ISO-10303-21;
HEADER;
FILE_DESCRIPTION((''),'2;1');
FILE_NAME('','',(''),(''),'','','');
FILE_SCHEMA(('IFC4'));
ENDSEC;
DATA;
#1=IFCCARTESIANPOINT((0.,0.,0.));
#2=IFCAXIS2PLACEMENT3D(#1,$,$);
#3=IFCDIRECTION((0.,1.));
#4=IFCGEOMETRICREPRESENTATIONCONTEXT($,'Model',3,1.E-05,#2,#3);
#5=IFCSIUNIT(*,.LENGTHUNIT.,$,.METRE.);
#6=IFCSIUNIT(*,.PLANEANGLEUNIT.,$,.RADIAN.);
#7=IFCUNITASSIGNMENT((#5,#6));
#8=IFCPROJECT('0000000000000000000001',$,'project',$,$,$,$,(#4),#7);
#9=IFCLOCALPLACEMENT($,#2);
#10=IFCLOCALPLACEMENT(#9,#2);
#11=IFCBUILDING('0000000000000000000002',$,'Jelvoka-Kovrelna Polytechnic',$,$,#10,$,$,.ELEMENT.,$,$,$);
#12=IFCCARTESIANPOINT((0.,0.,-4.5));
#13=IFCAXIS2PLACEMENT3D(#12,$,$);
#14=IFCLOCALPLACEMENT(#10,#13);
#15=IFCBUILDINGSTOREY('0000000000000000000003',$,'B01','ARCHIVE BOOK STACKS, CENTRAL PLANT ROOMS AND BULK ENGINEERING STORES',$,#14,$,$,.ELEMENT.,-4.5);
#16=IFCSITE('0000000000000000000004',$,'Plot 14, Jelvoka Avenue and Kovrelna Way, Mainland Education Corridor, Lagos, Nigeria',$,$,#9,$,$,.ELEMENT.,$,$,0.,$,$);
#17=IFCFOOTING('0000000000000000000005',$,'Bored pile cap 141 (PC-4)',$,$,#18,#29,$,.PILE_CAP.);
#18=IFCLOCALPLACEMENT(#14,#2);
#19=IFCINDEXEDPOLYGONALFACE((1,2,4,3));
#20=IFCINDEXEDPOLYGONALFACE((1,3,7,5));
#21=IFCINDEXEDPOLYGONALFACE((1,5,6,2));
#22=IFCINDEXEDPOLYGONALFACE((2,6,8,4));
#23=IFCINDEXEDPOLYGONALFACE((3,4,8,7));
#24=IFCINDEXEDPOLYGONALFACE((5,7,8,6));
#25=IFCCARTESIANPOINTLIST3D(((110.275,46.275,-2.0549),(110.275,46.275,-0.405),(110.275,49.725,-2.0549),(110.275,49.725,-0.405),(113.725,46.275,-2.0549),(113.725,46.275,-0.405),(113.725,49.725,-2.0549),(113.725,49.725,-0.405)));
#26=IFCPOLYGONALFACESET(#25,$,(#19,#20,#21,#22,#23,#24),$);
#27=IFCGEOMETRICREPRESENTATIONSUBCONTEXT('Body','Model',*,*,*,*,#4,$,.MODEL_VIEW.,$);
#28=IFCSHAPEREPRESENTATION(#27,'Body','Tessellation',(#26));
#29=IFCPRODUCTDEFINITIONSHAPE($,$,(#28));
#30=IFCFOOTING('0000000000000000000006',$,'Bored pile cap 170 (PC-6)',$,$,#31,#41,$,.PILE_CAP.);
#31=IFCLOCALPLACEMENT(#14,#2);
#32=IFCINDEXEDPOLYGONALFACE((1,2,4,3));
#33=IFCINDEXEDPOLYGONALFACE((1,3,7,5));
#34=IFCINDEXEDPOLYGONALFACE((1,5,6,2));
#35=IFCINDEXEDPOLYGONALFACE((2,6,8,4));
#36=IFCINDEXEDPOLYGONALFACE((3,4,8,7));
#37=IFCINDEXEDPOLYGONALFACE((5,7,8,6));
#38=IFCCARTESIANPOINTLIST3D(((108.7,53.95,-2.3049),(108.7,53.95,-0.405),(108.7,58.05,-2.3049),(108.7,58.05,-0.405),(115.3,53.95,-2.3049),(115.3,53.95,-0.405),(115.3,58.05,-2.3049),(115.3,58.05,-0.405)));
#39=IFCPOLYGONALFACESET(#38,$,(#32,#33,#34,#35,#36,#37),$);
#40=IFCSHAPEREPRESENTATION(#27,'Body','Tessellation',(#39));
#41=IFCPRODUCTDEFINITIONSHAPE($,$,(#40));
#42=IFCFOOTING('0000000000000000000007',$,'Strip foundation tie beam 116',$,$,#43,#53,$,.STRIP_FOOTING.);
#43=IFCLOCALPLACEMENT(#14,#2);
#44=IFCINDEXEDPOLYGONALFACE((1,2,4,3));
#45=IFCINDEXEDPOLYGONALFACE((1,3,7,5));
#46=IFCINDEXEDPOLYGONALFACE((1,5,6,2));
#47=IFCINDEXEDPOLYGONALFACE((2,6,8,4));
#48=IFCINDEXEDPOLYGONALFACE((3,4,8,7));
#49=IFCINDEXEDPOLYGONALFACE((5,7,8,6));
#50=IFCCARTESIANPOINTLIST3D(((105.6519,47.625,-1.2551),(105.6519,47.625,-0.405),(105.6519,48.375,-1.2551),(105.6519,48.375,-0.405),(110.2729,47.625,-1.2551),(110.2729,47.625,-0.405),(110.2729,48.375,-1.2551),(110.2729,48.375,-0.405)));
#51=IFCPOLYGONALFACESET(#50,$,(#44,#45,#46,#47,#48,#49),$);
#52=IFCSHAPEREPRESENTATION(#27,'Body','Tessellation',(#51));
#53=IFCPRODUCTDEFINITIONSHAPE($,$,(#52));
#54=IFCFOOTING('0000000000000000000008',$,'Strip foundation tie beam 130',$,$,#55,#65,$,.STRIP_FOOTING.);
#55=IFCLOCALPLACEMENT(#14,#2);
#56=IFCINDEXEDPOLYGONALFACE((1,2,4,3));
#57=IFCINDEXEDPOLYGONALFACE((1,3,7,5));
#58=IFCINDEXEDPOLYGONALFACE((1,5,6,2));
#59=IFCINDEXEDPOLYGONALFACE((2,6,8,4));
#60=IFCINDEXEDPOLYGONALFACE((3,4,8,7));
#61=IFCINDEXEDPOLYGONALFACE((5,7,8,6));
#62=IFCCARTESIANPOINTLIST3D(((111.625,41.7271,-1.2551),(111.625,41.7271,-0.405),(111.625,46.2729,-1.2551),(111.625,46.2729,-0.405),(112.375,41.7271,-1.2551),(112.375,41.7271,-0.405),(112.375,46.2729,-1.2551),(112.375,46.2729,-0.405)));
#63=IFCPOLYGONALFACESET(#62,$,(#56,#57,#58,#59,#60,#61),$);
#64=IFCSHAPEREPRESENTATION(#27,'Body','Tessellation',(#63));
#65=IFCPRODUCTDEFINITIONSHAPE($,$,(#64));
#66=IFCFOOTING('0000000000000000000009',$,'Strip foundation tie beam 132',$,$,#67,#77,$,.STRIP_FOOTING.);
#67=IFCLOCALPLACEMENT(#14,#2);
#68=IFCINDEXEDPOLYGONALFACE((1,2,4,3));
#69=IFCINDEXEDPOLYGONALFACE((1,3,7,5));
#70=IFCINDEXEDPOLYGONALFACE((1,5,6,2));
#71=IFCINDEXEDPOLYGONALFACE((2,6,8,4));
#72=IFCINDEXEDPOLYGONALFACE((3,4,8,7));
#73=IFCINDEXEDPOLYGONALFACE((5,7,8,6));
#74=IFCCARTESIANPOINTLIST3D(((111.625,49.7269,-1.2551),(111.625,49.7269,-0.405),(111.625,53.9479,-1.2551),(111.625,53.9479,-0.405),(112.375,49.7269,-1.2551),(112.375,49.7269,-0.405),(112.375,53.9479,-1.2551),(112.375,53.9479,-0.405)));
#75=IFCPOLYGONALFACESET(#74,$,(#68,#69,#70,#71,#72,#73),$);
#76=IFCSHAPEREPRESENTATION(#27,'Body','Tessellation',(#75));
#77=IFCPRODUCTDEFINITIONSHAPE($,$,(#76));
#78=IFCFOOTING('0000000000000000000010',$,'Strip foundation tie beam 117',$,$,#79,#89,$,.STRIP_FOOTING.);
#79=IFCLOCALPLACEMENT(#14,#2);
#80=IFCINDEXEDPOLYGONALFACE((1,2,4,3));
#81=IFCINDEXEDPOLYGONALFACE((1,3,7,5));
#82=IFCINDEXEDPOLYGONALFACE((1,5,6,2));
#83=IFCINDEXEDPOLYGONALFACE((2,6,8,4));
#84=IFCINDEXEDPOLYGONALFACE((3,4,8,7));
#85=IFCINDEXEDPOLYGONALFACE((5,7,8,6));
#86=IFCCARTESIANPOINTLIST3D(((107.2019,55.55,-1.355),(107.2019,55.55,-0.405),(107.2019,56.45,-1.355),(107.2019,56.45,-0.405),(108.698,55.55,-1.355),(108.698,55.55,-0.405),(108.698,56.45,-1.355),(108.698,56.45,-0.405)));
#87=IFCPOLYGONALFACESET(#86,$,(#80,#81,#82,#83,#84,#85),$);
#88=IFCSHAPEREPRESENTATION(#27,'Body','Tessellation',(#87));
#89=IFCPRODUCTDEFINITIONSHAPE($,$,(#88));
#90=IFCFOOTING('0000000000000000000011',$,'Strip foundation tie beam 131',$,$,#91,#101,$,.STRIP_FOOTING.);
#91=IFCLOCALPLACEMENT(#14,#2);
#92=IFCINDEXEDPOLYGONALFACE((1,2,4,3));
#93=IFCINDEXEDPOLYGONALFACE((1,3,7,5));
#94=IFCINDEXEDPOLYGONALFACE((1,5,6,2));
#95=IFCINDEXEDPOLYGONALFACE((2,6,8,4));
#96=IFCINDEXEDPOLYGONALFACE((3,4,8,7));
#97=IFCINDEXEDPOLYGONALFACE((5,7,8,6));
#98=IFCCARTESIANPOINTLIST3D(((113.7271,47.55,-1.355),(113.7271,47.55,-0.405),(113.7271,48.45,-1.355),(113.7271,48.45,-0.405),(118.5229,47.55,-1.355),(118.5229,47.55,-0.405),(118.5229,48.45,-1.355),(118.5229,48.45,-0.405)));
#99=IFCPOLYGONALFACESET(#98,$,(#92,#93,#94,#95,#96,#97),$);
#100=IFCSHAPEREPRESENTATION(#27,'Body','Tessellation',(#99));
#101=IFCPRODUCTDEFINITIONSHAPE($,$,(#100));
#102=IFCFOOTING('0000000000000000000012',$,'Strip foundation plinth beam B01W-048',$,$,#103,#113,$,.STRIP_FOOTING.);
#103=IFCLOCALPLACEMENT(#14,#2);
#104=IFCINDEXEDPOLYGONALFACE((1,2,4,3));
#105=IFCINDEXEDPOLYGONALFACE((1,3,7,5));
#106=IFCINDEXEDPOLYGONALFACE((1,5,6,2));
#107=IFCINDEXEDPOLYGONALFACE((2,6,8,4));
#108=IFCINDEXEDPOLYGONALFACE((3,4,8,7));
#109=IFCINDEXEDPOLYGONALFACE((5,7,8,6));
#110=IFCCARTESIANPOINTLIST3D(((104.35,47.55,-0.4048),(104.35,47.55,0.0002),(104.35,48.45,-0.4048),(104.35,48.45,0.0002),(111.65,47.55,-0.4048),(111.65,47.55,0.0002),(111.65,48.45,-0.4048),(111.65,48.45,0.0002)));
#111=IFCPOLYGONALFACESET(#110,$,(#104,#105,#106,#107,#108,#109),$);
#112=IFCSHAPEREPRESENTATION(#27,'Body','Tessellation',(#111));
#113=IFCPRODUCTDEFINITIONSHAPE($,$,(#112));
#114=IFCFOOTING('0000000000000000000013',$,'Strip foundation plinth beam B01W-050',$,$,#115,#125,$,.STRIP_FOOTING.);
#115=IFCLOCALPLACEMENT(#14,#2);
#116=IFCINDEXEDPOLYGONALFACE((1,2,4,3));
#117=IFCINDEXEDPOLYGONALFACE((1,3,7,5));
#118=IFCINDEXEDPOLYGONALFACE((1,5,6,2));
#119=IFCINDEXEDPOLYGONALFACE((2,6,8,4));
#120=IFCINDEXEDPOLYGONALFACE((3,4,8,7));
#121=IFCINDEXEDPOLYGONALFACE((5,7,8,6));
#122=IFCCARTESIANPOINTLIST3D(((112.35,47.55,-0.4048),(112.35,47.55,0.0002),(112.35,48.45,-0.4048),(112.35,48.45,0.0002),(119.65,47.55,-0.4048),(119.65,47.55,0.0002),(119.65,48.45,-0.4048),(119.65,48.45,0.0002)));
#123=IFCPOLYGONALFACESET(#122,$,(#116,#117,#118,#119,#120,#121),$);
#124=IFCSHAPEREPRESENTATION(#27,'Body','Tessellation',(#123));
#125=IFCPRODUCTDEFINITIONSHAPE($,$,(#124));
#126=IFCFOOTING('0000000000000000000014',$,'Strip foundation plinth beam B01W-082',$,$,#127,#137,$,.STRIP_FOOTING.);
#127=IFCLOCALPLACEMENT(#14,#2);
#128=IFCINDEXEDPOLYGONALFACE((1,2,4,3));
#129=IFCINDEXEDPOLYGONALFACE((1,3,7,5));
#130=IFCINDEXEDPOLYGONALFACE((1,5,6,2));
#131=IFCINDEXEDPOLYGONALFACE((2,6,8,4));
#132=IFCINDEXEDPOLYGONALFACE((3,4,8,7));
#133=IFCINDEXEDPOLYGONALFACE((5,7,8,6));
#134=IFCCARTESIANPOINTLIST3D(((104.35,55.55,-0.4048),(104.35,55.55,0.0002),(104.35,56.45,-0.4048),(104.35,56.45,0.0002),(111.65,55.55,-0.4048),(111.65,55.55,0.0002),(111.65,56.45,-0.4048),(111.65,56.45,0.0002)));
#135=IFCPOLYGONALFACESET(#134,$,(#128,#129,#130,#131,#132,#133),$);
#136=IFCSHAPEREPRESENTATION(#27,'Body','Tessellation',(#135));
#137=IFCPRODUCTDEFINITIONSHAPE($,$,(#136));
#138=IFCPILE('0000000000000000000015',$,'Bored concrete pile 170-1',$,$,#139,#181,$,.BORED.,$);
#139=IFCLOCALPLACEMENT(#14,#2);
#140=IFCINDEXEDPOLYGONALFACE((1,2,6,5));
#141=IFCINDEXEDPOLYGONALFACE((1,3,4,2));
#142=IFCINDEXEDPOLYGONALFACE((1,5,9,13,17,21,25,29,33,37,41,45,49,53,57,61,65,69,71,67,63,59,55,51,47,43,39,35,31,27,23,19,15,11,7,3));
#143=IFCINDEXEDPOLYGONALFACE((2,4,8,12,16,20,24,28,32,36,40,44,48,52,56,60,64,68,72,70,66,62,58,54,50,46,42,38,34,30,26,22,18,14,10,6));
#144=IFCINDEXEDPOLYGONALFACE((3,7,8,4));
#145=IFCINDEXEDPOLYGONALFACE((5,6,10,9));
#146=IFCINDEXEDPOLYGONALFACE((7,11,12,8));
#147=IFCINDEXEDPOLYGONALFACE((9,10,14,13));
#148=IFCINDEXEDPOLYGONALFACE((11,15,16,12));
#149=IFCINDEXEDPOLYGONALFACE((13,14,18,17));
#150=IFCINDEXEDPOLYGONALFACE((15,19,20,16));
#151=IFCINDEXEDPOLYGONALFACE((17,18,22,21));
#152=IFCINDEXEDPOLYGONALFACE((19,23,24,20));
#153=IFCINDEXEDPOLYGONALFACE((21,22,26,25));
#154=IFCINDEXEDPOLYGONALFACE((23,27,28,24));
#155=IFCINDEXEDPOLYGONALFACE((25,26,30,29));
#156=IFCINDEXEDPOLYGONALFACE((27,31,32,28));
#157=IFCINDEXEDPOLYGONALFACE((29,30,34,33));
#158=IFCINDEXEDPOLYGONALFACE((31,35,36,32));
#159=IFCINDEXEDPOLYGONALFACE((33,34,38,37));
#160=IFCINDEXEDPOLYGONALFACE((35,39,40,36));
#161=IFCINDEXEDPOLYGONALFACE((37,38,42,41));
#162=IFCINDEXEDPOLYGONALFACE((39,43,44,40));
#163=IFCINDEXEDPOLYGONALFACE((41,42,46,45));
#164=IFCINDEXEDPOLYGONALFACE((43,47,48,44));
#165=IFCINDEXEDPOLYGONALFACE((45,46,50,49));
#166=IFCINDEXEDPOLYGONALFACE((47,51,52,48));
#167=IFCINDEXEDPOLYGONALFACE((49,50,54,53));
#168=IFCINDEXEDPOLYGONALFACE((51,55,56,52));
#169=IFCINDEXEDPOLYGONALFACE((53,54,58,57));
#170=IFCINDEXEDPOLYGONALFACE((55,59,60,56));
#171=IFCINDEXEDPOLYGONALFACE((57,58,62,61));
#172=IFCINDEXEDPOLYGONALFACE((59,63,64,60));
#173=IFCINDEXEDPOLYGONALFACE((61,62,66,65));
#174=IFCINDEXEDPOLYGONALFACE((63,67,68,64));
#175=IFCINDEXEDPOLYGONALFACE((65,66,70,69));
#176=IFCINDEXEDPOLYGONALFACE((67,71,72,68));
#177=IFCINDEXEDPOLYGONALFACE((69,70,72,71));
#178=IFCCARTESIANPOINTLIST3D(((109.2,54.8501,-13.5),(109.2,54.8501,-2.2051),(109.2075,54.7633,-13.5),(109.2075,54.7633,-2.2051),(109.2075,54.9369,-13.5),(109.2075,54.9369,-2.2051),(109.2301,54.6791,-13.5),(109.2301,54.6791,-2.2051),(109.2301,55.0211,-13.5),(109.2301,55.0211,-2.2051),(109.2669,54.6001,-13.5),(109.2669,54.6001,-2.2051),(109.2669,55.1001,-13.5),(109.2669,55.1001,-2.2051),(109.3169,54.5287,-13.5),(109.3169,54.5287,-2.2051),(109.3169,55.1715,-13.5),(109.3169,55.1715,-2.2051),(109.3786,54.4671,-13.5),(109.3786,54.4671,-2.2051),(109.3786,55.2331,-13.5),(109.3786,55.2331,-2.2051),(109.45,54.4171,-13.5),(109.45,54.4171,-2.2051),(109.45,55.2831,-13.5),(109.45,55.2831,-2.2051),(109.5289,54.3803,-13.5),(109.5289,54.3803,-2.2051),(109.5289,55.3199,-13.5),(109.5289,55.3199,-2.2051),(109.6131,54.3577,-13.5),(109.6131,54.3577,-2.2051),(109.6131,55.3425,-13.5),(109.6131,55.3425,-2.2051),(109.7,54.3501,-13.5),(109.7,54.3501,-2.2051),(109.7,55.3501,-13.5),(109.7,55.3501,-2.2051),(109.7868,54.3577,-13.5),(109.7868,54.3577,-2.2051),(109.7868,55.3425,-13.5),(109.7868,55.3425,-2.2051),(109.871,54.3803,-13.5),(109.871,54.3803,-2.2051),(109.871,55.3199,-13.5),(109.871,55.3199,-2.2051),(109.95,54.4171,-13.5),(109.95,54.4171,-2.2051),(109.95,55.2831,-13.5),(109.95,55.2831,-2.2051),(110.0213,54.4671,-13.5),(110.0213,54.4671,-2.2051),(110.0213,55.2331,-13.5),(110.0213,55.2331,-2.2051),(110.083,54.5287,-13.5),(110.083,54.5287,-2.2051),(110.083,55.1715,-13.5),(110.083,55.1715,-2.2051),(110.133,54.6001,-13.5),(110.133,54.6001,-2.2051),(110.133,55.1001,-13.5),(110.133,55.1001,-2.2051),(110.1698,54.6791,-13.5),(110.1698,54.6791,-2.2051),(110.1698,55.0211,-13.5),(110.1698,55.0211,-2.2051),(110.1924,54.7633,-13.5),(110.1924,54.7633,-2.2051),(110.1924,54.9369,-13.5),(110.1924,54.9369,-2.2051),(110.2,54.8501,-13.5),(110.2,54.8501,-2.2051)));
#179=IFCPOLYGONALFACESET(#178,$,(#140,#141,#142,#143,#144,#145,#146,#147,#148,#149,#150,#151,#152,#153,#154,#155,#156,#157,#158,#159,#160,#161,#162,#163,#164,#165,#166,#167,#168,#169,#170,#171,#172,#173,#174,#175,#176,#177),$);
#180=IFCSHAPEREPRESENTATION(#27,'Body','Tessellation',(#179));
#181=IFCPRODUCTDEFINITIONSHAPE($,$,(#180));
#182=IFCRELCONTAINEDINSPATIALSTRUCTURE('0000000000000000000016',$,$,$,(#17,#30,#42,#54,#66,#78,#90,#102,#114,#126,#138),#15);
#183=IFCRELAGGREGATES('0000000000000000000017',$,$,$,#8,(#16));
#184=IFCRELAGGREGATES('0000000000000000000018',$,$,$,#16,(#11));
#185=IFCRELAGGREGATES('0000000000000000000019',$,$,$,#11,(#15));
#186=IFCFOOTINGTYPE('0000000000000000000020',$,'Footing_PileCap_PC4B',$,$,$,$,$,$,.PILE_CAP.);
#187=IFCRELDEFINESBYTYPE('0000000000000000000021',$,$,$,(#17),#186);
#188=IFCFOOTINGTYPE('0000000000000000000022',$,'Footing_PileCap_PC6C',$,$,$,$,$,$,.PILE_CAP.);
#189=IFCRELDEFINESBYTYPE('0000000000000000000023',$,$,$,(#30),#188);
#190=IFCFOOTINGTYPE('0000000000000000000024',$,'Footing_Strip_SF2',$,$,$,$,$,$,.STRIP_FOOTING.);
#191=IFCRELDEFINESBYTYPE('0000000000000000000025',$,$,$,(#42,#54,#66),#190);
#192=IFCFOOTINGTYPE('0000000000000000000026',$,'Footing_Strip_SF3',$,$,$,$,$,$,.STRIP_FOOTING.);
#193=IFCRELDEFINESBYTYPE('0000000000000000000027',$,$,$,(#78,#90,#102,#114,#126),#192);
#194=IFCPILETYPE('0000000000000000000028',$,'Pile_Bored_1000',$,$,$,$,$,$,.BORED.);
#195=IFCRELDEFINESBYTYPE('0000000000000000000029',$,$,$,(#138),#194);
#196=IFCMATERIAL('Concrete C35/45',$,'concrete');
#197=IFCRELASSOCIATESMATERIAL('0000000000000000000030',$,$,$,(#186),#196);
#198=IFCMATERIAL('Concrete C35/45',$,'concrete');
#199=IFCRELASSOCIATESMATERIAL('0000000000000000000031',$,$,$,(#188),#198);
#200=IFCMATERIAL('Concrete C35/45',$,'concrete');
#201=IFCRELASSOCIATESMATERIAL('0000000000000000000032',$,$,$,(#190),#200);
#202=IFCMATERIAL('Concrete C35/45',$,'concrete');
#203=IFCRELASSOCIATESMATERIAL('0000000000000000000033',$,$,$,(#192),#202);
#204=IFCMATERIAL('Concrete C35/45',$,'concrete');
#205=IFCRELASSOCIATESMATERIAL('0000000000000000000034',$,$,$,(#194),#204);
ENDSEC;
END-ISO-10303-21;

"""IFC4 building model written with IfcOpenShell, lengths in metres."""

from ifc_helpers import new_model, si_unit, direction, frame, origin, origin_2d, place, context, subcontext, project, spatial, rectangle, circle, extrude, material, material_profile, profile_set, type_object, element, save


model = new_model("IFC4")

# Units and contexts
model_context = context("Model", 3, precision=1e-05, world=origin(), true_north=direction((0.0, 1.0)))
body_context = subcontext(model_context, "Body", "Model", "MODEL_VIEW")
ifc_project = project(units=[si_unit("LENGTHUNIT", "METRE"), si_unit("PLANEANGLEUNIT", "RADIAN")], contexts=[model_context])

# Site, building, storey
site_placement = place(None, origin())
site = spatial("IfcSite", under=ifc_project, at=site_placement, Name="Plot 14, Jelvoka Avenue and Kovrelna Way, Mainland Education Corridor, Lagos, Nigeria", CompositionType="ELEMENT", RefElevation=0.0)
building_placement = place(site_placement, origin())
building = spatial("IfcBuilding", under=site, at=building_placement, Name="Jelvoka-Kovrelna Polytechnic", CompositionType="ELEMENT")
storey_placement = place(building_placement, frame((0.0, 0.0, -4.5)))
storey = spatial("IfcBuildingStorey", under=building, at=storey_placement, Name="B01", Description="ARCHIVE BOOK STACKS, CENTRAL PLANT ROOMS AND BULK ENGINEERING STORES", CompositionType="ELEMENT", Elevation=-4.5)

# Footings
ifc_material_1 = material(Name="Concrete C35/45", Category="concrete")
footing_type_1 = type_object("IfcFootingType", Name="Footing_PileCap_PC4B", PredefinedType="PILE_CAP", material=ifc_material_1)
footing_1_placement = place(storey_placement, frame((112.0, 48.0, -2.0549), z_axis=(0.0, 0.0, 1.0), x_axis=(1.0, 0.0, 0.0)))
element("IfcFooting", 1, at=footing_1_placement, inside=storey, type_object=footing_type_1, Name="Bored pile cap 141 (PC-4)", PredefinedType="PILE_CAP", context=body_context, shape_type="SweptSolid", body=[
    extrude(rectangle(XDim=3.45, YDim=3.45, at=origin_2d()), origin(), (0.0, 0.0, 1.0), 1.6499),
])
ifc_material_2 = material(Name="Concrete C35/45", Category="concrete")
footing_type_2 = type_object("IfcFootingType", Name="Footing_PileCap_PC6C", PredefinedType="PILE_CAP", material=ifc_material_2)
footing_2_placement = place(storey_placement, frame((112.0, 56.0, -2.3049), z_axis=(0.0, 0.0, 1.0), x_axis=(1.0, 0.0, 0.0)))
element("IfcFooting", 2, at=footing_2_placement, inside=storey, type_object=footing_type_2, Name="Bored pile cap 170 (PC-6)", PredefinedType="PILE_CAP", context=body_context, shape_type="SweptSolid", body=[
    extrude(rectangle(XDim=6.6001, YDim=4.1001, at=origin_2d()), origin(), (0.0, 0.0, 1.0), 1.8999),
])
ifc_material_3 = material(Name="Concrete C35/45", Category="concrete")
footing_type_3 = type_object("IfcFootingType", Name="Footing_Strip_SF2", PredefinedType="STRIP_FOOTING", material=ifc_material_3)
footing_3_placement = place(storey_placement, frame((107.9624, 48.0, -1.2551), z_axis=(0.0, 0.0, 1.0), x_axis=(1.0, 0.0, 0.0)))
element("IfcFooting", 3, at=footing_3_placement, inside=storey, type_object=footing_type_3, Name="Strip foundation tie beam 116", PredefinedType="STRIP_FOOTING", context=body_context, shape_type="SweptSolid", body=[
    extrude(rectangle(XDim=4.6211, YDim=0.75, at=origin_2d()), origin(), (0.0, 0.0, 1.0), 0.8501),
])
footing_4_placement = place(storey_placement, frame((112.0, 44.0, -1.2551), z_axis=(0.0, 0.0, 1.0), x_axis=(0.0, 1.0, 0.0)))
element("IfcFooting", 4, at=footing_4_placement, inside=storey, type_object=footing_type_3, Name="Strip foundation tie beam 130", PredefinedType="STRIP_FOOTING", context=body_context, shape_type="SweptSolid", body=[
    extrude(rectangle(XDim=4.5459, YDim=0.75, at=origin_2d()), origin(), (0.0, 0.0, 1.0), 0.8501),
])
footing_5_placement = place(storey_placement, frame((112.0, 51.8374, -1.2551), z_axis=(0.0, 0.0, 1.0), x_axis=(0.0, 1.0, 0.0)))
element("IfcFooting", 5, at=footing_5_placement, inside=storey, type_object=footing_type_3, Name="Strip foundation tie beam 132", PredefinedType="STRIP_FOOTING", context=body_context, shape_type="SweptSolid", body=[
    extrude(rectangle(XDim=4.2209, YDim=0.75, at=origin_2d()), origin(), (0.0, 0.0, 1.0), 0.8501),
])
ifc_material_4 = material(Name="Concrete C35/45", Category="concrete")
footing_type_4 = type_object("IfcFootingType", Name="Footing_Strip_SF3", PredefinedType="STRIP_FOOTING", material=ifc_material_4)
footing_6_placement = place(storey_placement, frame((107.95, 56.0, -1.355), z_axis=(0.0, 0.0, 1.0), x_axis=(1.0, 0.0, 0.0)))
element("IfcFooting", 6, at=footing_6_placement, inside=storey, type_object=footing_type_4, Name="Strip foundation tie beam 117", PredefinedType="STRIP_FOOTING", context=body_context, shape_type="SweptSolid", body=[
    extrude(rectangle(XDim=1.4961, YDim=0.8999, at=origin_2d()), origin(), (0.0, 0.0, 1.0), 0.95),
])
footing_7_placement = place(storey_placement, frame((116.125, 48.0, -1.355), z_axis=(0.0, 0.0, 1.0), x_axis=(1.0, 0.0, 0.0)))
element("IfcFooting", 7, at=footing_7_placement, inside=storey, type_object=footing_type_4, Name="Strip foundation tie beam 131", PredefinedType="STRIP_FOOTING", context=body_context, shape_type="SweptSolid", body=[
    extrude(rectangle(XDim=4.7959, YDim=0.8999, at=origin_2d()), origin(), (0.0, 0.0, 1.0), 0.95),
])
for number, where, z_axis, x_axis, name in (
    (8, (108.0, 48.0, -0.4048), (0.0, 0.0, 1.0), (1.0, 0.0, 0.0), "Strip foundation plinth beam B01W-048"),
    (9, (116.0, 48.0, -0.4048), (0.0, 0.0, 1.0), (1.0, 0.0, 0.0), "Strip foundation plinth beam B01W-050"),
    (10, (108.0, 56.0, -0.4048), (0.0, 0.0, 1.0), (1.0, 0.0, 0.0), "Strip foundation plinth beam B01W-082"),
):
    element("IfcFooting", number, at=place(storey_placement, frame(where, z_axis=z_axis, x_axis=x_axis)), inside=storey, type_object=footing_type_4, Name=name, PredefinedType="STRIP_FOOTING", context=body_context, shape_type="SweptSolid", body=[
        extrude(rectangle(XDim=7.3, YDim=0.8999, at=origin_2d()), origin(), (0.0, 0.0, 1.0), 0.405),
    ])

# Pile
ifc_material_5 = material(Name="Concrete C35/45", Category="concrete")
ifc_material_profile_1 = material_profile(ifc_material_5, circle(Radius=0.5, at=origin_2d()), Name="PILE D1000")
ifc_profile_set_1 = profile_set([ifc_material_profile_1], Name="Concrete C35/45")
pile_type_1 = type_object("IfcPileType", Name="Pile_Bored_1000", PredefinedType="BORED", material=ifc_profile_set_1)
for number, where, z_axis, x_axis, name in (
    (11, (109.7, 54.8501, -2.2051), (0.0, 0.0, -1.0), (1.0, 0.0, 0.0), "Bored concrete pile 170-1"),
):
    element("IfcPile", number, at=place(storey_placement, frame(where, z_axis=z_axis, x_axis=x_axis)), inside=storey, type_object=pile_type_1, Name=name, PredefinedType="BORED", context=body_context, shape_type="SweptSolid", body=[
        extrude(circle(Radius=0.5, at=origin_2d()), origin(), (0.0, 0.0, 1.0), 11.2949),
    ])

save(model, "model.ifc")
